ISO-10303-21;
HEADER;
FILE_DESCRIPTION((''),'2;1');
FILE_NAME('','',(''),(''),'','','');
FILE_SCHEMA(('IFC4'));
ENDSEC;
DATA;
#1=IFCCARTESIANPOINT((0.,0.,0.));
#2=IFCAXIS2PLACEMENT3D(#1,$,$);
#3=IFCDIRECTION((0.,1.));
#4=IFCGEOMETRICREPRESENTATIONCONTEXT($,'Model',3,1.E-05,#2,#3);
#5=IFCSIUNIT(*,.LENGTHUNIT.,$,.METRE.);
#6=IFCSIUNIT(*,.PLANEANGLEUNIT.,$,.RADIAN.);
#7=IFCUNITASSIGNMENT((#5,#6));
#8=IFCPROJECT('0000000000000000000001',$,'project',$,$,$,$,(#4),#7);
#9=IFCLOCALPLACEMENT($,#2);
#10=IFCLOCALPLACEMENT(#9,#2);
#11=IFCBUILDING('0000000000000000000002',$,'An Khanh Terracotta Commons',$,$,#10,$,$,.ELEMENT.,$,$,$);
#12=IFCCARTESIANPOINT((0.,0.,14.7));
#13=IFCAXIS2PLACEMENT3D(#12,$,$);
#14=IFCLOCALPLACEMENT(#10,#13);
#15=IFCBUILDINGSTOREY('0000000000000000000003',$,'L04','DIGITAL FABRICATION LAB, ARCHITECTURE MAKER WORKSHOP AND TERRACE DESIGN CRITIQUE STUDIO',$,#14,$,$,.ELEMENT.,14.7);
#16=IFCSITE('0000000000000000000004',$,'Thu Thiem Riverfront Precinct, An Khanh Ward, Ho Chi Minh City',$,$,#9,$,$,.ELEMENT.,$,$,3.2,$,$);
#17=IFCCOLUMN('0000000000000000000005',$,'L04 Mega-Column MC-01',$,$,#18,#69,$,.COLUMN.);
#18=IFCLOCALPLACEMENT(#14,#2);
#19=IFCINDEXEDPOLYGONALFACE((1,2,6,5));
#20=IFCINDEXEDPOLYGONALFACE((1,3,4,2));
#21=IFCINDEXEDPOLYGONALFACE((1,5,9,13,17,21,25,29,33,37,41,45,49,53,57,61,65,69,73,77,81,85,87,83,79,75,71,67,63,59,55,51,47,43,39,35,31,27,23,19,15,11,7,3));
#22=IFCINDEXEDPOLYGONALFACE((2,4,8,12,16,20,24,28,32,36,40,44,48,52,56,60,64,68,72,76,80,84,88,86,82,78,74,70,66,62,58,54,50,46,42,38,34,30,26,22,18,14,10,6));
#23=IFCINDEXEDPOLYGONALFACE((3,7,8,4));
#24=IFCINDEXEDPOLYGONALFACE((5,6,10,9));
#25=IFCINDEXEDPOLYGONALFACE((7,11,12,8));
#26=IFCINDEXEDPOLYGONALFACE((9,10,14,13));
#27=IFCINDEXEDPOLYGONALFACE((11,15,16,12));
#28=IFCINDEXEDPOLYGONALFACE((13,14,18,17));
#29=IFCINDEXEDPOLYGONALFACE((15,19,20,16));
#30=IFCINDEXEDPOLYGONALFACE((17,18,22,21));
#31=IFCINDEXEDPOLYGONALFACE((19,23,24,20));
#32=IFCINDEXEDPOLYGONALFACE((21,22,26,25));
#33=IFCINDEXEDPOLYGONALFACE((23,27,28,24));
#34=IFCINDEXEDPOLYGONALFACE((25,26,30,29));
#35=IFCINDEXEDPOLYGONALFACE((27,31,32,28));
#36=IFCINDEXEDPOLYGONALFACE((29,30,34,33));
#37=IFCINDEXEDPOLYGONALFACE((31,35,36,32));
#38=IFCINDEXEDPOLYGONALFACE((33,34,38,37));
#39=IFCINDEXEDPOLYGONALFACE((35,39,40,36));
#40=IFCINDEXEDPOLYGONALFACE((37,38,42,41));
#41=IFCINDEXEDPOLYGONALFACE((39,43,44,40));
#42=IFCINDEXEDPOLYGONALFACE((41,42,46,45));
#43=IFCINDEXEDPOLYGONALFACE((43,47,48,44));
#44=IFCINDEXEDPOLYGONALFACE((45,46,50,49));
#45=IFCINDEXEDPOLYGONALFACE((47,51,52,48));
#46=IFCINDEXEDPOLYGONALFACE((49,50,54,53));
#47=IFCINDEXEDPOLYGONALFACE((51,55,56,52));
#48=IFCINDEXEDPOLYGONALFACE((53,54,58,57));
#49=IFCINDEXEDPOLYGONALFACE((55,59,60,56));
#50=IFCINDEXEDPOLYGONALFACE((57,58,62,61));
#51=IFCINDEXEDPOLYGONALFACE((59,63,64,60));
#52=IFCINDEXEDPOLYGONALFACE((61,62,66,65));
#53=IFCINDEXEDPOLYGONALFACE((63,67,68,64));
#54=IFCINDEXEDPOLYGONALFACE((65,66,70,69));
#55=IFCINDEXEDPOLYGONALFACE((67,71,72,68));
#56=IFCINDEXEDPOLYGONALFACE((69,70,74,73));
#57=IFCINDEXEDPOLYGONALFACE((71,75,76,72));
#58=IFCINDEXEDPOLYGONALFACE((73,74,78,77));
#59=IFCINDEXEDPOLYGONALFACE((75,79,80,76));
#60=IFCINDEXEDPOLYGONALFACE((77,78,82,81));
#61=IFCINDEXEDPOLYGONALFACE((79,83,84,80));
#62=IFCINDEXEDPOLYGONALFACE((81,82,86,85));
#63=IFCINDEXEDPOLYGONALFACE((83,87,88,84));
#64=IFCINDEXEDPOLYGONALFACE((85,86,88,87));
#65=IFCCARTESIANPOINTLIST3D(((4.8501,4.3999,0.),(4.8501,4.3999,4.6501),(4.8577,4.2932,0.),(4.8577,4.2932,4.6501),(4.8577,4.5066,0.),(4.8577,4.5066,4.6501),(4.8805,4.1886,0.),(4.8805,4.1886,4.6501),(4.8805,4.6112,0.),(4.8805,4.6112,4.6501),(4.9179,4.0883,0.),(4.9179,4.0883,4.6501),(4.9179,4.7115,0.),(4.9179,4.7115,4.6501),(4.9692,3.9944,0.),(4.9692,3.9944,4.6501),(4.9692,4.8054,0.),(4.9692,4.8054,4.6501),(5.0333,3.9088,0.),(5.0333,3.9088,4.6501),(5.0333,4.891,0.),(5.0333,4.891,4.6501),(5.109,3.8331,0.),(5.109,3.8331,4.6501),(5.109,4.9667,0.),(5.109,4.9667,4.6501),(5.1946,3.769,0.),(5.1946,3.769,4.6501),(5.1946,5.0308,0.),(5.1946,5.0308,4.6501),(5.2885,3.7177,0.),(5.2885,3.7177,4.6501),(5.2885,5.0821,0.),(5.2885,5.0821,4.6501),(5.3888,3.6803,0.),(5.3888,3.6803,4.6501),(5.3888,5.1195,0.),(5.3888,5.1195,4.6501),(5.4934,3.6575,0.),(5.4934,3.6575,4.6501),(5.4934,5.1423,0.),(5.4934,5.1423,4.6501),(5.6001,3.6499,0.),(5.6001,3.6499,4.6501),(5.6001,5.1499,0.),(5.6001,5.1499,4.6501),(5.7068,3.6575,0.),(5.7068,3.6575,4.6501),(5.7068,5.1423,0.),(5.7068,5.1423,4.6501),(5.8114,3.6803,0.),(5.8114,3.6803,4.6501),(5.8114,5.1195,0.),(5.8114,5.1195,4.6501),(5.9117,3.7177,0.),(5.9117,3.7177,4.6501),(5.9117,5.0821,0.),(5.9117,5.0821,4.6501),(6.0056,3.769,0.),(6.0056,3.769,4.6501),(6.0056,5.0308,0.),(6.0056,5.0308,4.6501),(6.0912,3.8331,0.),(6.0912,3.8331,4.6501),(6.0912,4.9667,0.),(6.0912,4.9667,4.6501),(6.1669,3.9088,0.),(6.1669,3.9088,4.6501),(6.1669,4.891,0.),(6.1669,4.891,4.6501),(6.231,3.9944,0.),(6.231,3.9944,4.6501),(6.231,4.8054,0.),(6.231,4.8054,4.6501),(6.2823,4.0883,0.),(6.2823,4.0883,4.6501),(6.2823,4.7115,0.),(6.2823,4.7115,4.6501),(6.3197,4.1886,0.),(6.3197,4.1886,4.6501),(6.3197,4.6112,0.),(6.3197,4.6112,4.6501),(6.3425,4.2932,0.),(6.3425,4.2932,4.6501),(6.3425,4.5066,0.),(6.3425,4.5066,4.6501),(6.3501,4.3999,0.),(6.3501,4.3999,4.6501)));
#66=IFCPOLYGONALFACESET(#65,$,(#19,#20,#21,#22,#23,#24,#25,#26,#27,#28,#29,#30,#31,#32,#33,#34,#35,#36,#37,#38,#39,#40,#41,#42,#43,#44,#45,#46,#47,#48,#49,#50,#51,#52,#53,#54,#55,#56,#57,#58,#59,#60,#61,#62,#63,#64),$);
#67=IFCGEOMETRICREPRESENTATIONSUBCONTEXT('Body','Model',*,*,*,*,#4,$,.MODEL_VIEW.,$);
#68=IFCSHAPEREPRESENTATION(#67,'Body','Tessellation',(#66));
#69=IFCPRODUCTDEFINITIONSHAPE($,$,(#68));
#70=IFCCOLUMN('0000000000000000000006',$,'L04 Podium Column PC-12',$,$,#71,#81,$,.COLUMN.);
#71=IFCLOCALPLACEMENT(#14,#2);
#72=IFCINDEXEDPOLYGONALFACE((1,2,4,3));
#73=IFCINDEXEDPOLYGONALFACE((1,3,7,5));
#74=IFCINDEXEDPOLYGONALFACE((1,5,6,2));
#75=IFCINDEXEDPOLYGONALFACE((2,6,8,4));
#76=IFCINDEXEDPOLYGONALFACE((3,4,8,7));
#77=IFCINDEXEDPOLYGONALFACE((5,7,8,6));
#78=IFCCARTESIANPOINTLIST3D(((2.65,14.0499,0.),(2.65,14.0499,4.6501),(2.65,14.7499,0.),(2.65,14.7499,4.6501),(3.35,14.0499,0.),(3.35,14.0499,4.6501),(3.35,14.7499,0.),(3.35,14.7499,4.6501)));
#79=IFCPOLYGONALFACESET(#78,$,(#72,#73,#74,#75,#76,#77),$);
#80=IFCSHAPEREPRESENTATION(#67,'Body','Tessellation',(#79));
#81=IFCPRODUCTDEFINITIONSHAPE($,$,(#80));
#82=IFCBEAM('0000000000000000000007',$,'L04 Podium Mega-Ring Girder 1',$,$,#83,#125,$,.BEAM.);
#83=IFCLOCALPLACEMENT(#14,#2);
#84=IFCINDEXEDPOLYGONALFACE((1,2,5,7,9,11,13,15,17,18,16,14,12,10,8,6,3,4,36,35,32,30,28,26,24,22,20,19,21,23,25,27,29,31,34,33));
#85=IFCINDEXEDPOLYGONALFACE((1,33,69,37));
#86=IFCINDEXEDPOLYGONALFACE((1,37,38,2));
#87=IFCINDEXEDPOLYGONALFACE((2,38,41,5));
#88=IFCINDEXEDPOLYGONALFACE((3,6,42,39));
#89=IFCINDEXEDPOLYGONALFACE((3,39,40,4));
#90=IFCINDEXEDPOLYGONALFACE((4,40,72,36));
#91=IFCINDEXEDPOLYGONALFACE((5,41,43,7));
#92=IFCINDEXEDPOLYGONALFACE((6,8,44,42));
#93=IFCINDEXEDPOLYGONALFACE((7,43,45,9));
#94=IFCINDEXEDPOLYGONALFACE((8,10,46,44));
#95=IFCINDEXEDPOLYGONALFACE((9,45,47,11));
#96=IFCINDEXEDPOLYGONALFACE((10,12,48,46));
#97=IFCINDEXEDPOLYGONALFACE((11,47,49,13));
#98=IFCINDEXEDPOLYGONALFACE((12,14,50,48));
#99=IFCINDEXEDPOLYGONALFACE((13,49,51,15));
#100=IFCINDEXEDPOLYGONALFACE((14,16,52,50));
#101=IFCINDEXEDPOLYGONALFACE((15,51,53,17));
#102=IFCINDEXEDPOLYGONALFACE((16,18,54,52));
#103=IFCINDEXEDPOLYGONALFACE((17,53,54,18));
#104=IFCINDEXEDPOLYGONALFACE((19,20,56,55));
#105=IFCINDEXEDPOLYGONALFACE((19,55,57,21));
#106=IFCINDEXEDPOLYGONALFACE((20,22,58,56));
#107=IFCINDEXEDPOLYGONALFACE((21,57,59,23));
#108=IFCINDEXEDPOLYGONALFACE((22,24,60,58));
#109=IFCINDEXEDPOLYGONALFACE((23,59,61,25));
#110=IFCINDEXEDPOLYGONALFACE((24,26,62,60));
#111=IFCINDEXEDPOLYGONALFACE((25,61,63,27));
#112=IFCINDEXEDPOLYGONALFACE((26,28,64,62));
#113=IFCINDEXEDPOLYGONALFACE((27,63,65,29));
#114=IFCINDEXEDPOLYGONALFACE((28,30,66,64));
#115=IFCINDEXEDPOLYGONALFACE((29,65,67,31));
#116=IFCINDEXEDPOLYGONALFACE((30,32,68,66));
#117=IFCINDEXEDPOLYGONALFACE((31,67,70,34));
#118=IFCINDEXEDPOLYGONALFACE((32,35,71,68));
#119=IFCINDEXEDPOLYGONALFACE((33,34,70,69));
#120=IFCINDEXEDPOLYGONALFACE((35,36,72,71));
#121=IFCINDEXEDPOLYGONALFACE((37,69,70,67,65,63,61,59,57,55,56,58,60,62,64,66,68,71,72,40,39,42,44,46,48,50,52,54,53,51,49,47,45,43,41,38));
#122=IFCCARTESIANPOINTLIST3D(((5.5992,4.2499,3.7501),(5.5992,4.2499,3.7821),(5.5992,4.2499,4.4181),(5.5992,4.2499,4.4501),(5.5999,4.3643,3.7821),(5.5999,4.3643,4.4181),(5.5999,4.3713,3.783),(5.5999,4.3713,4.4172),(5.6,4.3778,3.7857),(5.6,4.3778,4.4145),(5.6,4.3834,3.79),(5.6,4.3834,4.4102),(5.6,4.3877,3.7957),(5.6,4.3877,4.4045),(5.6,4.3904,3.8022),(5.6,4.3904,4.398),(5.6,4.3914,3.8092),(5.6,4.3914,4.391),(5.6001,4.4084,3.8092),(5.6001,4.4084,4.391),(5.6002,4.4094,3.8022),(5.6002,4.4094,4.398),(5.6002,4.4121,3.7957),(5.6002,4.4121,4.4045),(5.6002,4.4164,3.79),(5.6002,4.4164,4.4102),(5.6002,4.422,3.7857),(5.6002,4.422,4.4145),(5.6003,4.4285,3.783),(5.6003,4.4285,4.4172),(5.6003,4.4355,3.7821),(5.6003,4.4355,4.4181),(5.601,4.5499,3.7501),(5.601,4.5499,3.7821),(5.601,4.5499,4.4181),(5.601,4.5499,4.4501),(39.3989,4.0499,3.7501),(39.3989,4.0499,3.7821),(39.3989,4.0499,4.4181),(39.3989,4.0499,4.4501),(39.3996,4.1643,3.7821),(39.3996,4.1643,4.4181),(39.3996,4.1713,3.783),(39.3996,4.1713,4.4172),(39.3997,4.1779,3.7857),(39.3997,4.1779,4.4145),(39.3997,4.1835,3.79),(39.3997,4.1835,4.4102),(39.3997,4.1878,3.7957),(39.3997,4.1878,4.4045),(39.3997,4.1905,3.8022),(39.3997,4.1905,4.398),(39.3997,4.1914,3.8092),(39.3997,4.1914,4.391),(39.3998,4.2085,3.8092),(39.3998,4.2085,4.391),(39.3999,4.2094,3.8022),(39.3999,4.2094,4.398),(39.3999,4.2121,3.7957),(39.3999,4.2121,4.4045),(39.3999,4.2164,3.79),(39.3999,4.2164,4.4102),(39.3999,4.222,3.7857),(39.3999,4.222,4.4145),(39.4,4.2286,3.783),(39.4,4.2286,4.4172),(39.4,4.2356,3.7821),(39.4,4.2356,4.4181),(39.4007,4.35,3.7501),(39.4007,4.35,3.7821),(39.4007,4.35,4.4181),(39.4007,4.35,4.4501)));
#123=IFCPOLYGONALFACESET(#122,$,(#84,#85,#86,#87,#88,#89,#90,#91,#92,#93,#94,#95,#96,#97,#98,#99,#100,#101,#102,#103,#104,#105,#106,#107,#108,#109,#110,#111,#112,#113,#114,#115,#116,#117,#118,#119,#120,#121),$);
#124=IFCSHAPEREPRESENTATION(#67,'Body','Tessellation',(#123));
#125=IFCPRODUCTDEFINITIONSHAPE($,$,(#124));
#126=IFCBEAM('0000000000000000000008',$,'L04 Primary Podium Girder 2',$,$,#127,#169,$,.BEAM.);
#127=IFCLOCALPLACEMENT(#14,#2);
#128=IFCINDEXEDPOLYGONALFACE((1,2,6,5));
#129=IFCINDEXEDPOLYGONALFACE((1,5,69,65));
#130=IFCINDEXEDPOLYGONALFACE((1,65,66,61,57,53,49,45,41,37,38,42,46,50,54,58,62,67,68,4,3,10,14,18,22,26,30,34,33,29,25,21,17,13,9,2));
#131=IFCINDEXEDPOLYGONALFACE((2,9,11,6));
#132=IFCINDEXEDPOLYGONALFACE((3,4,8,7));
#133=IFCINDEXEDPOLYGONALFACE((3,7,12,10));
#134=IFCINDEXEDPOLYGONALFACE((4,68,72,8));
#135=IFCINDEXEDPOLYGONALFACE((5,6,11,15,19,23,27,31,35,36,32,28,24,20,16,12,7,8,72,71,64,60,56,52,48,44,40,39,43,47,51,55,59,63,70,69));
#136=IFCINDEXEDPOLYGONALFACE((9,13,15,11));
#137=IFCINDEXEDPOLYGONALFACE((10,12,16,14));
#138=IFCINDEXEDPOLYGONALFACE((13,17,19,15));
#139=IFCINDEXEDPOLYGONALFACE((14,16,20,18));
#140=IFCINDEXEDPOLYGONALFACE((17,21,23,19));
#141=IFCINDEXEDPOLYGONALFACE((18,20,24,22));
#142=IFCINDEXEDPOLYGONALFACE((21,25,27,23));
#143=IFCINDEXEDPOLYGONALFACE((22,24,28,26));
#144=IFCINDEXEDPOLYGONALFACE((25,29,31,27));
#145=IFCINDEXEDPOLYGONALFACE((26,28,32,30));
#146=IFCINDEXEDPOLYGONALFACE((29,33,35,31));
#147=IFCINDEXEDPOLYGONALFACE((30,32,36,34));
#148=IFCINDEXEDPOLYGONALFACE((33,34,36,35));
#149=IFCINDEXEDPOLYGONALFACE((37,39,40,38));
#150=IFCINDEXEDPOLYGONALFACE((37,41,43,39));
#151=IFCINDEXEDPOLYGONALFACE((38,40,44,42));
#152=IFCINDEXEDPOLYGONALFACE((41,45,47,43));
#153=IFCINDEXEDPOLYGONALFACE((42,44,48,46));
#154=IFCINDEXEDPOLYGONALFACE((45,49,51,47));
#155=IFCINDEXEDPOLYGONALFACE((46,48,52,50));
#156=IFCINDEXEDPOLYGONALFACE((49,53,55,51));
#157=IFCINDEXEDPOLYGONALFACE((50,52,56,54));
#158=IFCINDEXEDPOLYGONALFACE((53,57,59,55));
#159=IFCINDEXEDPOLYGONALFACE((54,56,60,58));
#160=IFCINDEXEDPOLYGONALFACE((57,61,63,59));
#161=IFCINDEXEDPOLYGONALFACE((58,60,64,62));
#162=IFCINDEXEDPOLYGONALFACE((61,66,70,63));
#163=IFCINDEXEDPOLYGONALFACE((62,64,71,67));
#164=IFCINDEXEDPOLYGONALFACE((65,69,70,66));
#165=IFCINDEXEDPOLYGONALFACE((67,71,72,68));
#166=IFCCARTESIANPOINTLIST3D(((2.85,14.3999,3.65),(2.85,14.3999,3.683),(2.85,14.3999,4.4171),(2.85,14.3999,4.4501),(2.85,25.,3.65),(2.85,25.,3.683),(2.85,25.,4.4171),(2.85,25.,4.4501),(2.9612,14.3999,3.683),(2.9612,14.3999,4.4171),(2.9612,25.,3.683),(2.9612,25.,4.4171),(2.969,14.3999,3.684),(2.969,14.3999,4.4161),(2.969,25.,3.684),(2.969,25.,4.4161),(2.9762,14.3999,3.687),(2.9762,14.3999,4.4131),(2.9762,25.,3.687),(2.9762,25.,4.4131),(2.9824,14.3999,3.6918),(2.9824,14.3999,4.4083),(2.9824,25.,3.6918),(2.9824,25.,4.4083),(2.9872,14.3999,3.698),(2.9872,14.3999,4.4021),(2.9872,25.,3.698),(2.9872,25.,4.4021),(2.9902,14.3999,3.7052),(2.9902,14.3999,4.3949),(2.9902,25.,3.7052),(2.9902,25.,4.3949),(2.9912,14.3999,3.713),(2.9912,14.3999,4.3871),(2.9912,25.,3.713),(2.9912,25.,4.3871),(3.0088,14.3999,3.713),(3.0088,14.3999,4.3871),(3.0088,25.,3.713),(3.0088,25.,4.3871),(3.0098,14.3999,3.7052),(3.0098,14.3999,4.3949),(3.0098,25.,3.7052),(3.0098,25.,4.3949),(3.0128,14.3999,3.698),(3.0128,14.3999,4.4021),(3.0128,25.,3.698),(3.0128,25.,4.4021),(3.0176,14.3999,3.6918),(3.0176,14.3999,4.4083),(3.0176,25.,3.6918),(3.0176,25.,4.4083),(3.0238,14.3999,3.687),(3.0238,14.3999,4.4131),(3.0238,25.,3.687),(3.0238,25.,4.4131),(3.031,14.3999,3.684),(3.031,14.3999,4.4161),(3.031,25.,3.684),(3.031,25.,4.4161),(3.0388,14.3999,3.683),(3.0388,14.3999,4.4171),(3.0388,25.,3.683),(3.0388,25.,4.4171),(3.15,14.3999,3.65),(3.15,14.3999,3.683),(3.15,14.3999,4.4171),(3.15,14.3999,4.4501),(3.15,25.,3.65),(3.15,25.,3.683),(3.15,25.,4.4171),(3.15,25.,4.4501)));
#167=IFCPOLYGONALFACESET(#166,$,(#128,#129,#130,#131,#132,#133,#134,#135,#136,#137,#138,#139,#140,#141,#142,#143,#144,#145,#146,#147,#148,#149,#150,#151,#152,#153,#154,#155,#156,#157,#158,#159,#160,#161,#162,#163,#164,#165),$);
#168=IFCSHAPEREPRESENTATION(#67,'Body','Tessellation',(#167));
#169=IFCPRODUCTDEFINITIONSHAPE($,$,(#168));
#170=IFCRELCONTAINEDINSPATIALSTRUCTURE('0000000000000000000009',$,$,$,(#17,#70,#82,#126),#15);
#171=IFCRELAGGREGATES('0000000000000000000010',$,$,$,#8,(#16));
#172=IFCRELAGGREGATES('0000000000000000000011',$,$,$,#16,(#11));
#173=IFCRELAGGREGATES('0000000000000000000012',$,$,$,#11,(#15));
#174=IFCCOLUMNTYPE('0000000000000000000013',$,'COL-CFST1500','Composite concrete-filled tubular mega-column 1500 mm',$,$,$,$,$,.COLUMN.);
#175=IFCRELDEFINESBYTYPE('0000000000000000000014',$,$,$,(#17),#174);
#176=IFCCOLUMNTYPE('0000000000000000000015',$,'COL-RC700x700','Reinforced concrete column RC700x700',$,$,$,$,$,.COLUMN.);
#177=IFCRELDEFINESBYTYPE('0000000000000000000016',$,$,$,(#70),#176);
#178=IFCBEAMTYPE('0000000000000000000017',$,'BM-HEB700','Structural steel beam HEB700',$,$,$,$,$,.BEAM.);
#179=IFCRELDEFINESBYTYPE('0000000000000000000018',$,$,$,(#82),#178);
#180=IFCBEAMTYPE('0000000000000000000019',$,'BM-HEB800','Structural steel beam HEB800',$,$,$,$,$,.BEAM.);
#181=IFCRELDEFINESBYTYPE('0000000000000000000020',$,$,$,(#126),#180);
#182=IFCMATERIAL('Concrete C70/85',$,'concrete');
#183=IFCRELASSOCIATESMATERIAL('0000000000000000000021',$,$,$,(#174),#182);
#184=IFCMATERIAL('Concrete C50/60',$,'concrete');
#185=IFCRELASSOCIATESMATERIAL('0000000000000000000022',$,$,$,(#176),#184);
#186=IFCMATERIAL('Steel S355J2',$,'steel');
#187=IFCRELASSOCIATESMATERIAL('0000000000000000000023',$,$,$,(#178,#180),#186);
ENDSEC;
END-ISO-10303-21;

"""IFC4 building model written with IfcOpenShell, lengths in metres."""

from ifc_helpers import new_model, si_unit, direction, frame, origin, origin_2d, place, context, subcontext, project, spatial, rectangle, circle, i_section, extrude, material, material_profile, profile_set, type_object, element, save


model = new_model("IFC4")

# Units and contexts
model_context = context("Model", 3, precision=1e-05, world=origin(), true_north=direction((0.0, 1.0)))
body_context = subcontext(model_context, "Body", "Model", "MODEL_VIEW")
ifc_project = project(units=[si_unit("LENGTHUNIT", "METRE"), si_unit("PLANEANGLEUNIT", "RADIAN")], contexts=[model_context])

# Site, building, storey
site_placement = place(None, origin())
site = spatial("IfcSite", under=ifc_project, at=site_placement, Name="Thu Thiem Riverfront Precinct, An Khanh Ward, Ho Chi Minh City", CompositionType="ELEMENT", RefElevation=3.2)
building_placement = place(site_placement, origin())
building = spatial("IfcBuilding", under=site, at=building_placement, Name="An Khanh Terracotta Commons", CompositionType="ELEMENT")
storey_placement = place(building_placement, frame((0.0, 0.0, 14.7)))
storey = spatial("IfcBuildingStorey", under=building, at=storey_placement, Name="L04", Description="DIGITAL FABRICATION LAB, ARCHITECTURE MAKER WORKSHOP AND TERRACE DESIGN CRITIQUE STUDIO", CompositionType="ELEMENT", Elevation=14.7)

# Columns
ifc_material_1 = material(Name="Concrete C70/85", Category="concrete")
ifc_material_profile_1 = material_profile(ifc_material_1, circle(Radius=0.75, at=origin_2d()), Name="CFST1500")
ifc_profile_set_1 = profile_set([ifc_material_profile_1], Name="Concrete C70/85")
column_type_1 = type_object("IfcColumnType", Name="COL-CFST1500", Description="Composite concrete-filled tubular mega-column 1500 mm", PredefinedType="COLUMN", material=ifc_profile_set_1)
column_1_placement = place(storey_placement, frame((5.6001, 4.3999, 0.0), z_axis=(0.0, 0.0, 1.0), x_axis=(1.0, 0.0, 0.0)))
element("IfcColumn", 1, at=column_1_placement, inside=storey, type_object=column_type_1, Name="L04 Mega-Column MC-01", PredefinedType="COLUMN", context=body_context, shape_type="SweptSolid", body=[
    extrude(circle(Radius=0.75, at=origin_2d()), origin(), (0.0, 0.0, 1.0), 4.6501),
])
ifc_material_2 = material(Name="Concrete C50/60", Category="concrete")
ifc_material_profile_2 = material_profile(ifc_material_2, rectangle(XDim=0.7, YDim=0.7, at=origin_2d()), Name="RC700x700")
ifc_profile_set_2 = profile_set([ifc_material_profile_2], Name="Concrete C50/60")
column_type_2 = type_object("IfcColumnType", Name="COL-RC700x700", Description="Reinforced concrete column RC700x700", PredefinedType="COLUMN", material=ifc_profile_set_2)
column_2_placement = place(storey_placement, frame((3.0, 14.3999, 0.0), z_axis=(0.0, 0.0, 1.0), x_axis=(1.0, 0.0, 0.0)))
element("IfcColumn", 2, at=column_2_placement, inside=storey, type_object=column_type_2, Name="L04 Podium Column PC-12", PredefinedType="COLUMN", context=body_context, shape_type="SweptSolid", body=[
    extrude(rectangle(XDim=0.7, YDim=0.7, at=origin_2d()), origin(), (0.0, 0.0, 1.0), 4.6501),
])

# Beams
ifc_material_3 = material(Name="Steel S355J2", Category="steel")
ifc_material_profile_3 = material_profile(ifc_material_3, i_section(OverallWidth=0.3, OverallDepth=0.7, WebThickness=0.0171, FlangeThickness=0.032, FilletRadius=0.0271, at=origin_2d()), Name="HEB700")
ifc_profile_set_3 = profile_set([ifc_material_profile_3], Name="Steel S355J2")
beam_type_1 = type_object("IfcBeamType", Name="BM-HEB700", Description="Structural steel beam HEB700", PredefinedType="BEAM", material=ifc_profile_set_3)
beam_1_placement = place(storey_placement, frame((5.6001, 4.3999, 4.1001), z_axis=(0.999983, -0.005916, 0.0), x_axis=(0.005916, 0.999983, 0.0)))
element("IfcBeam", 3, at=beam_1_placement, inside=storey, type_object=beam_type_1, Name="L04 Podium Mega-Ring Girder 1", PredefinedType="BEAM", context=body_context, shape_type="SweptSolid", body=[
    extrude(i_section(OverallWidth=0.3, OverallDepth=0.7, WebThickness=0.0171, FlangeThickness=0.032, FilletRadius=0.0271, at=origin_2d()), origin(), (0.0, 0.0, 1.0), 33.8003),
])
ifc_material_profile_4 = material_profile(ifc_material_3, i_section(OverallWidth=0.3, OverallDepth=0.8, WebThickness=0.0176, FlangeThickness=0.033, FilletRadius=0.03, at=origin_2d()), Name="HEB800")
ifc_profile_set_4 = profile_set([ifc_material_profile_4], Name="Steel S355J2")
beam_type_2 = type_object("IfcBeamType", Name="BM-HEB800", Description="Structural steel beam HEB800", PredefinedType="BEAM", material=ifc_profile_set_4)
beam_2_placement = place(storey_placement, frame((3.0, 14.3999, 4.05), z_axis=(0.0, 1.0, 0.0), x_axis=(-1.0, 0.0, 0.0)))
element("IfcBeam", 4, at=beam_2_placement, inside=storey, type_object=beam_type_2, Name="L04 Primary Podium Girder 2", PredefinedType="BEAM", context=body_context, shape_type="SweptSolid", body=[
    extrude(i_section(OverallWidth=0.3, OverallDepth=0.8, WebThickness=0.0176, FlangeThickness=0.033, FilletRadius=0.03, at=origin_2d()), origin(), (0.0, 0.0, 1.0), 10.6001),
])

save(model, "model.ifc")
